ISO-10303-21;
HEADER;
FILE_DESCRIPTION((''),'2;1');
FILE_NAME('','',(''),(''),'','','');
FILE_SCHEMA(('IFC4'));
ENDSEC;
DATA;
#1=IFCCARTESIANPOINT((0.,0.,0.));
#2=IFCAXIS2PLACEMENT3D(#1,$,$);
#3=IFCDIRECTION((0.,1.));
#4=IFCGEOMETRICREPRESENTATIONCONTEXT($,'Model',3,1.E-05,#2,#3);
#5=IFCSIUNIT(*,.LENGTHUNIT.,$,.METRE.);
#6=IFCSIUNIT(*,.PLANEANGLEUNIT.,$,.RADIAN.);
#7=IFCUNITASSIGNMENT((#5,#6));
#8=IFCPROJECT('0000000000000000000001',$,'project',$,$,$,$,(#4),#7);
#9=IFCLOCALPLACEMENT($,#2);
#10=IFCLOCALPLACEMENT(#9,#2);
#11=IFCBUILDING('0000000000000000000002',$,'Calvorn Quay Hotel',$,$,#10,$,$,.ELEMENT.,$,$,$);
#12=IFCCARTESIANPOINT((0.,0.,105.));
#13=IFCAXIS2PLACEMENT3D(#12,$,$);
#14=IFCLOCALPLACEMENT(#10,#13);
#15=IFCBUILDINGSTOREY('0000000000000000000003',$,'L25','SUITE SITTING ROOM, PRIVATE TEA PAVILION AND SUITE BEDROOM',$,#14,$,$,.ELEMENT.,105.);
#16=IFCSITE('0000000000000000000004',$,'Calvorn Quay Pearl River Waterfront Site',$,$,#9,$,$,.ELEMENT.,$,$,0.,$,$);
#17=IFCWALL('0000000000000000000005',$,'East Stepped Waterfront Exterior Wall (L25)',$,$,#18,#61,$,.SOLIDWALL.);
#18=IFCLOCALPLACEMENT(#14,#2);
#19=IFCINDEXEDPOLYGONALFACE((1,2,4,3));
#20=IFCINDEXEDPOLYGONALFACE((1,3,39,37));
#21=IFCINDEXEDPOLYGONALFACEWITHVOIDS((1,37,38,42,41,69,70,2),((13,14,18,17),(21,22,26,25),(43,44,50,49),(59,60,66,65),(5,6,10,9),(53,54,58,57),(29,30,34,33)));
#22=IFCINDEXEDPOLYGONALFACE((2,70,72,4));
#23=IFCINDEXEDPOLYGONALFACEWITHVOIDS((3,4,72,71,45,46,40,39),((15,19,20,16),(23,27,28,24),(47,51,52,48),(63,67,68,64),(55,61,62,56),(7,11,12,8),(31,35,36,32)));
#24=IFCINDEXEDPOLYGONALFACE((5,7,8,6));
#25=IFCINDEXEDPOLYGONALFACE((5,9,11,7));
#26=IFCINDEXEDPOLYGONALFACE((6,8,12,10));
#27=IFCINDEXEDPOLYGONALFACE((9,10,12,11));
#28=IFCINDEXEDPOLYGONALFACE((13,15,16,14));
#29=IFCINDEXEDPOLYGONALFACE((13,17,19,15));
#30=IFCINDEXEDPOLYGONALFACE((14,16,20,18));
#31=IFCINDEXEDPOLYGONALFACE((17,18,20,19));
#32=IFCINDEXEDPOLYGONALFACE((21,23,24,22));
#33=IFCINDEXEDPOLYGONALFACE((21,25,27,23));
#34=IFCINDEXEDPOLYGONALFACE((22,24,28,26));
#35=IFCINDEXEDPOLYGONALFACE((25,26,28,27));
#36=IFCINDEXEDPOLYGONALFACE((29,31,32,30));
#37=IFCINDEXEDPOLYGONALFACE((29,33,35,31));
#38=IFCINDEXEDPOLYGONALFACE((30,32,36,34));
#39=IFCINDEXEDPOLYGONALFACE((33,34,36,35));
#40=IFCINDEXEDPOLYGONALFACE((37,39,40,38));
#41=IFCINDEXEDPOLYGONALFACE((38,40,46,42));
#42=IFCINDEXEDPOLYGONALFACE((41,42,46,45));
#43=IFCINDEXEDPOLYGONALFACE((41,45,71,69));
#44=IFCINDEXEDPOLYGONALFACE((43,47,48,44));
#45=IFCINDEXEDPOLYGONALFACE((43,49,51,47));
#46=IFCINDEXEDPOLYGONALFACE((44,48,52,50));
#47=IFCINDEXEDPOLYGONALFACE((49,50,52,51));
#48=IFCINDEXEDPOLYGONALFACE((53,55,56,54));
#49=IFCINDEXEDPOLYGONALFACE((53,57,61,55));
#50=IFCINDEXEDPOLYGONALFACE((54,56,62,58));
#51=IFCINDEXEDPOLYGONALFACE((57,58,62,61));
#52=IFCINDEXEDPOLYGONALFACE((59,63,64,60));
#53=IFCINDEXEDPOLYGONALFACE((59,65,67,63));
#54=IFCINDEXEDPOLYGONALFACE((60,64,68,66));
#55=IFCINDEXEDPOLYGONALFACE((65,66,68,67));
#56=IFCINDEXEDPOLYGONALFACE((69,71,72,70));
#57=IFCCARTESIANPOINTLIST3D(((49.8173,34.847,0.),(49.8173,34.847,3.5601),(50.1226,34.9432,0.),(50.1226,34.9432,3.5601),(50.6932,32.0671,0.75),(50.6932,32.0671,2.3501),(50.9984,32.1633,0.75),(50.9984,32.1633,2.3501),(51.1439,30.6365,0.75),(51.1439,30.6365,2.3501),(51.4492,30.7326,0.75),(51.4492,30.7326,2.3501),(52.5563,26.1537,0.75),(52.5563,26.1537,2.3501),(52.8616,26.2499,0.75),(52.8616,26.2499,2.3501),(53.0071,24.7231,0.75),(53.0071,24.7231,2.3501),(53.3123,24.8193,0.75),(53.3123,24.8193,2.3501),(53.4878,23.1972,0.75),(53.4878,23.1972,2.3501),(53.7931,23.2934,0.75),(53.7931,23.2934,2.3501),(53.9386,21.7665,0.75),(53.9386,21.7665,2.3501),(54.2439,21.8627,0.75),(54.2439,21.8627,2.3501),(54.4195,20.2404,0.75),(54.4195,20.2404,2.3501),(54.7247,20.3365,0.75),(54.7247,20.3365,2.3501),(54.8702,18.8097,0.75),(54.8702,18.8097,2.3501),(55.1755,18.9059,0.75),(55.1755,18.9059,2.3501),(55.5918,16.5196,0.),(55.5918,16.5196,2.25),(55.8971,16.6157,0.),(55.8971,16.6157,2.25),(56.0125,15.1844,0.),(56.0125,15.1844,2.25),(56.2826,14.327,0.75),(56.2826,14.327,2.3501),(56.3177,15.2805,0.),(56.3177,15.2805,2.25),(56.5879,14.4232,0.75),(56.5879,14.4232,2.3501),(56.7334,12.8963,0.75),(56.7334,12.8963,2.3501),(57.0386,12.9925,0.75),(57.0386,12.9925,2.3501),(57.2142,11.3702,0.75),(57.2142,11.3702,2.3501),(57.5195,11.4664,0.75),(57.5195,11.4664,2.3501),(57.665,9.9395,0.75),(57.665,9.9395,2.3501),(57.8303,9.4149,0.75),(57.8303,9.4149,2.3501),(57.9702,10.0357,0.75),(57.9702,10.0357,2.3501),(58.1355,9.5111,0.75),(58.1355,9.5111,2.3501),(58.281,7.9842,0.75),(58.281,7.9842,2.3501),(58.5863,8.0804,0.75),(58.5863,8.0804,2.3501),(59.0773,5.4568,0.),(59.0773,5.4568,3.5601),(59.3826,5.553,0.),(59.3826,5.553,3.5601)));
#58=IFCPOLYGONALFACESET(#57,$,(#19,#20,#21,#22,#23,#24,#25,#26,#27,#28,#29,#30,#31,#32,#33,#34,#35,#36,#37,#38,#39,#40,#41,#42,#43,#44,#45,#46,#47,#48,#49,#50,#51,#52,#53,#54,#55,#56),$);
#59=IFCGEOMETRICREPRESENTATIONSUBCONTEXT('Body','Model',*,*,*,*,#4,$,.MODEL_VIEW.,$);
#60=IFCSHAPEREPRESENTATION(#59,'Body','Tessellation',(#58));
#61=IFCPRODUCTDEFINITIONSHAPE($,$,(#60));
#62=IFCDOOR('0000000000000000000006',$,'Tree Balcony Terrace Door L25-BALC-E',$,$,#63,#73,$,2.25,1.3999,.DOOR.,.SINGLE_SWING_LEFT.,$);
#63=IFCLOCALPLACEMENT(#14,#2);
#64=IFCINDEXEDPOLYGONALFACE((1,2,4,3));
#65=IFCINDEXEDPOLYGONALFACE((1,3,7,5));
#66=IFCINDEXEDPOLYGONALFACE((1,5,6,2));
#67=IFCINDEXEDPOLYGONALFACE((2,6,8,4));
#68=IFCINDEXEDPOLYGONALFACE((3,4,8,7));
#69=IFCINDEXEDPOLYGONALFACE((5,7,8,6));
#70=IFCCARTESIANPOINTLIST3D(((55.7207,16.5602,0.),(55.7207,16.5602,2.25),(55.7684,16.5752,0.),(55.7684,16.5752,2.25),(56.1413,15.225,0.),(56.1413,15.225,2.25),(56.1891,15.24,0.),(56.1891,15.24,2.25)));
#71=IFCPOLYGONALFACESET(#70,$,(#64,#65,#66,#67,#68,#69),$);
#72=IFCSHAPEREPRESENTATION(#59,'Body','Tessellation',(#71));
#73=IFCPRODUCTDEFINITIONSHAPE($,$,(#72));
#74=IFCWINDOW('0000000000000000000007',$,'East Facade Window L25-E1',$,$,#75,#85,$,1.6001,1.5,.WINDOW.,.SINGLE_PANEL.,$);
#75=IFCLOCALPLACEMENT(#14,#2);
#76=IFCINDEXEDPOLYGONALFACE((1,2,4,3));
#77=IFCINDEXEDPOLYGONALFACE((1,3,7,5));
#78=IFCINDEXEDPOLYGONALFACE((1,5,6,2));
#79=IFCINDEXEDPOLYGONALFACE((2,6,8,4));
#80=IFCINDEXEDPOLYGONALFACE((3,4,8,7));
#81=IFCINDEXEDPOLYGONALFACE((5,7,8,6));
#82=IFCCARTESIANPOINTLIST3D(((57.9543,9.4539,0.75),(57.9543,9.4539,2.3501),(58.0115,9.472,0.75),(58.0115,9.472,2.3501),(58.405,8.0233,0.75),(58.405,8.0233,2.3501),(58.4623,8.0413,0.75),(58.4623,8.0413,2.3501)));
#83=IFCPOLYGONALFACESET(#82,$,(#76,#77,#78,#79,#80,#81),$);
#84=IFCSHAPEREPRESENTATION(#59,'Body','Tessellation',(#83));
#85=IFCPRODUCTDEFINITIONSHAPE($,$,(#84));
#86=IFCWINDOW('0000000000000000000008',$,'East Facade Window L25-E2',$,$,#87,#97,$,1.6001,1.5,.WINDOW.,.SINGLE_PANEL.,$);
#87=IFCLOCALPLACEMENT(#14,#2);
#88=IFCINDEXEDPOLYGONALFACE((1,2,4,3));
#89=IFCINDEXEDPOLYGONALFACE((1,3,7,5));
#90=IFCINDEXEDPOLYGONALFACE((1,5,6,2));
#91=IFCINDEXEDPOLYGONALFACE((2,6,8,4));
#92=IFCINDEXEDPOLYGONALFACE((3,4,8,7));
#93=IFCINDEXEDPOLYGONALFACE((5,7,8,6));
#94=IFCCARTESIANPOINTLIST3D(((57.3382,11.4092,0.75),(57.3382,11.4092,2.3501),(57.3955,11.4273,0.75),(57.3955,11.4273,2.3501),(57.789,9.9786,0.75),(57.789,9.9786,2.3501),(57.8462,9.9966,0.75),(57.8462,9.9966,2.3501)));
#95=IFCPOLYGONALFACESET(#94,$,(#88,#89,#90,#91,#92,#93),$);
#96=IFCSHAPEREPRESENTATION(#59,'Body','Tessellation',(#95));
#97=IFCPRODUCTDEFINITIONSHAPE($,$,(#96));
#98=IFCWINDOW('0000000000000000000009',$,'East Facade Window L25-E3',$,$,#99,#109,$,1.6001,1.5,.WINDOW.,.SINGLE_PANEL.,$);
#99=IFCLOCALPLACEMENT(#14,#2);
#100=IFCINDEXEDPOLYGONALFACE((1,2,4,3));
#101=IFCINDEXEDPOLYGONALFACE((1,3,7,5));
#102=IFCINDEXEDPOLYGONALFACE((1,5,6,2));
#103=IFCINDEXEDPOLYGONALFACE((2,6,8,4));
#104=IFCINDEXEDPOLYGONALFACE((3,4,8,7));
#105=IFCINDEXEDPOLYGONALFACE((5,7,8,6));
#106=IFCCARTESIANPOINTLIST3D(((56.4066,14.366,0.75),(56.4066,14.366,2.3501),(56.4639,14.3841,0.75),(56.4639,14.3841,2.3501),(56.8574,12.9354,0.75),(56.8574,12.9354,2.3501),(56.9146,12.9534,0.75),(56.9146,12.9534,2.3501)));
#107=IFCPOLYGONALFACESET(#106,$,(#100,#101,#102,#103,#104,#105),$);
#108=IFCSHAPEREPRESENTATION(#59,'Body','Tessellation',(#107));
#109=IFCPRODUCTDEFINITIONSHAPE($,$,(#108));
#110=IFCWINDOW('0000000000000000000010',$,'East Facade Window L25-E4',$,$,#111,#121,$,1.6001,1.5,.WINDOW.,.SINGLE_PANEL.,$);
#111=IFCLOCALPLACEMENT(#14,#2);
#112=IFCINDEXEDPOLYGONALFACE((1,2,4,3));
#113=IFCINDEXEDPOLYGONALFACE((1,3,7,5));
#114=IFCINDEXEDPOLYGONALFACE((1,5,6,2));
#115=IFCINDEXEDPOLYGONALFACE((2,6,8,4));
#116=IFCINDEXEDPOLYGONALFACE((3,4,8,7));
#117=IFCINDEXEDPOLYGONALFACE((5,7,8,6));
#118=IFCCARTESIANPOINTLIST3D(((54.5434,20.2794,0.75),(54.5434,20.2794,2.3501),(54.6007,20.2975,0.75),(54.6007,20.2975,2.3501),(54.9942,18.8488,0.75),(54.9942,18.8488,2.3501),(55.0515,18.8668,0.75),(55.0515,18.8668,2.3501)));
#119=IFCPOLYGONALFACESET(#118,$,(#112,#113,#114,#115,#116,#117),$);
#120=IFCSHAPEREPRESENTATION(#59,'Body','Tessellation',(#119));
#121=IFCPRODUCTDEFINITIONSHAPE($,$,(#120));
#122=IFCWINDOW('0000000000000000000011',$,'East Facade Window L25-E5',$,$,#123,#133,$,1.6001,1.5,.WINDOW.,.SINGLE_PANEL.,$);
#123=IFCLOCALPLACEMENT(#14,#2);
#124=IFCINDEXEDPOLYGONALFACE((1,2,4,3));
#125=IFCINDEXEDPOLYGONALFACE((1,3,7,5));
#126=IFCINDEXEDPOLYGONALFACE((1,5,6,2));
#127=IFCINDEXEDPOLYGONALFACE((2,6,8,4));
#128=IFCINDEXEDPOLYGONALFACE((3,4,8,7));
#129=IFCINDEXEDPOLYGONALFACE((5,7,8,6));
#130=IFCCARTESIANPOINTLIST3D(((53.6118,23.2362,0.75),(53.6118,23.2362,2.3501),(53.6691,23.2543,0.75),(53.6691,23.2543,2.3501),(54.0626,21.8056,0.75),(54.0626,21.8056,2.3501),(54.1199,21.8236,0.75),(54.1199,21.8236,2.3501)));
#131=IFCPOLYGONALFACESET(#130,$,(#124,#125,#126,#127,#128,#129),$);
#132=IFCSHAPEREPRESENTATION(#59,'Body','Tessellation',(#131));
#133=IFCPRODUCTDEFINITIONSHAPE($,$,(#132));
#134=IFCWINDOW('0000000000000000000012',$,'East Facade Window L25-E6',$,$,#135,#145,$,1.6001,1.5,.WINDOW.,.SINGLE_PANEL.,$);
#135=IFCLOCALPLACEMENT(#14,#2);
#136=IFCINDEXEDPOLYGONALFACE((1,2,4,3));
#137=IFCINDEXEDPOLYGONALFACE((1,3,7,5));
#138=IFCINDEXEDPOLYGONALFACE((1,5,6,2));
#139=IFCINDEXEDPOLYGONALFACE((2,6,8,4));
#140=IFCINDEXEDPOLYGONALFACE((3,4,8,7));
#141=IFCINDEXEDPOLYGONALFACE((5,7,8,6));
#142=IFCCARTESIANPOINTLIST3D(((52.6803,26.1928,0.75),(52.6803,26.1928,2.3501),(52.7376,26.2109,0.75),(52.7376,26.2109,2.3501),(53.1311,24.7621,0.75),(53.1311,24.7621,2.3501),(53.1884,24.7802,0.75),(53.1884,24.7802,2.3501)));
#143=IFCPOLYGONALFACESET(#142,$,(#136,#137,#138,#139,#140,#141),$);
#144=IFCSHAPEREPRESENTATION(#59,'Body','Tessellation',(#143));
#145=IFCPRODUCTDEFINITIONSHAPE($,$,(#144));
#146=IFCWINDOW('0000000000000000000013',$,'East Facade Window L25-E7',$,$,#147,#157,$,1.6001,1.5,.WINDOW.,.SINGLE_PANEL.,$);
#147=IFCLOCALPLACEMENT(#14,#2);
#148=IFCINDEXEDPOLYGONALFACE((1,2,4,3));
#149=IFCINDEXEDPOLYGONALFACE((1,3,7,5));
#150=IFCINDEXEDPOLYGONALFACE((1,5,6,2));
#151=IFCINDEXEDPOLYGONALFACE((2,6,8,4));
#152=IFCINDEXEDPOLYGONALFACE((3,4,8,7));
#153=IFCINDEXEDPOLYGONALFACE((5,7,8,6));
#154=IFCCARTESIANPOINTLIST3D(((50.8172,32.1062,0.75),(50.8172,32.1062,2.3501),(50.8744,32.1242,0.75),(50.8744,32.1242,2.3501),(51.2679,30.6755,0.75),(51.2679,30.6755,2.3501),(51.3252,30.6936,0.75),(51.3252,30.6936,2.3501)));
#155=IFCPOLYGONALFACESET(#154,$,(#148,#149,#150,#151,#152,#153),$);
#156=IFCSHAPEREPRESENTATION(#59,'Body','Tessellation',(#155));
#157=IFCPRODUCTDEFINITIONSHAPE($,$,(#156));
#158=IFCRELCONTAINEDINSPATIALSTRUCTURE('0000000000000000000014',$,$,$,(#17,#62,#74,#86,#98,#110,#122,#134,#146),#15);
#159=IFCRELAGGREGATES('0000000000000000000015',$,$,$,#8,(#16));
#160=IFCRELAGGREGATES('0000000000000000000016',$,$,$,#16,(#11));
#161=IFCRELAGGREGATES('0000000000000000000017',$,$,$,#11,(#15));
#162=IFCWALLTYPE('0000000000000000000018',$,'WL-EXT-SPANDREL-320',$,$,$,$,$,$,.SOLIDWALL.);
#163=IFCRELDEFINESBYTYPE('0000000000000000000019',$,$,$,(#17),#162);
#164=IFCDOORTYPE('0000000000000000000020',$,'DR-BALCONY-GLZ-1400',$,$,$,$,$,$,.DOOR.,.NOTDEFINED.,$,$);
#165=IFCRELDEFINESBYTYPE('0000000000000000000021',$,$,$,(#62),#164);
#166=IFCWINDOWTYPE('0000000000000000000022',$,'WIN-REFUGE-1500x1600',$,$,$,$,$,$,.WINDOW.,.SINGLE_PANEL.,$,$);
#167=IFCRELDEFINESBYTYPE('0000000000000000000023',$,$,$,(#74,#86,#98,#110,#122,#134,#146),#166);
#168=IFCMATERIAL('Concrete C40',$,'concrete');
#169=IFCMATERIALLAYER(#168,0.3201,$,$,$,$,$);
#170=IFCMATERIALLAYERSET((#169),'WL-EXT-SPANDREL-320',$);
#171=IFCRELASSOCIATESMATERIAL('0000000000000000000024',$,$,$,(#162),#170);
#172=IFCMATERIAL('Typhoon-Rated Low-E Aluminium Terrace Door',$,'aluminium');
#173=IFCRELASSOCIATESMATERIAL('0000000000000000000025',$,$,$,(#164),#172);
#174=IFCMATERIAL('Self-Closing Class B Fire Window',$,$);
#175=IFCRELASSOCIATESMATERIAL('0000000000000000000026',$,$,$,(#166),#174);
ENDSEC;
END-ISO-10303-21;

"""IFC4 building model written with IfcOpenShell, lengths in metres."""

from ifc_helpers import new_model, si_unit, direction, frame, frame_2d, origin, place, context, subcontext, project, spatial, rectangle, extrude, material, layer, layer_set, type_object, element, fill, save


model = new_model("IFC4")

# Units and contexts
model_context = context("Model", 3, precision=1e-05, world=origin(), true_north=direction((0.0, 1.0)))
body_context = subcontext(model_context, "Body", "Model", "MODEL_VIEW")
ifc_project = project(units=[si_unit("LENGTHUNIT", "METRE"), si_unit("PLANEANGLEUNIT", "RADIAN")], contexts=[model_context])

# Site, building, storey
site_placement = place(None, origin())
site = spatial("IfcSite", under=ifc_project, at=site_placement, Name="Calvorn Quay Pearl River Waterfront Site", CompositionType="ELEMENT", RefElevation=0.0)
building_placement = place(site_placement, origin())
building = spatial("IfcBuilding", under=site, at=building_placement, Name="Calvorn Quay Hotel", CompositionType="ELEMENT")
storey_placement = place(building_placement, frame((0.0, 0.0, 105.0)))
storey = spatial("IfcBuildingStorey", under=building, at=storey_placement, Name="L25", Description="SUITE SITTING ROOM, PRIVATE TEA PAVILION AND SUITE BEDROOM", CompositionType="ELEMENT", Elevation=105.0)

# Shared definitions
ifc_material_1 = material(Name="Concrete C40", Category="concrete")
ifc_layer_1 = layer(ifc_material_1, 0.3201)
ifc_layer_set_1 = layer_set([ifc_layer_1], Name="WL-EXT-SPANDREL-320")
wall_type_1 = type_object("IfcWallType", Name="WL-EXT-SPANDREL-320", PredefinedType="SOLIDWALL", material=ifc_layer_set_1)

# Wall, openings, door, windows
wall_1_placement = place(storey_placement, frame((59.23, 5.5049, 0.0), z_axis=(0.0, 0.0, 1.0), x_axis=(-0.300509, 0.953779, 0.0)))
wall_1 = element("IfcWall", 1, at=wall_1_placement, inside=storey, type_object=wall_type_1, Name="East Stepped Waterfront Exterior Wall (L25)", PredefinedType="SOLIDWALL", context=body_context, shape_type="SweptSolid", body=[
    extrude(rectangle(XDim=30.8145, YDim=0.3201, at=frame_2d((15.4072, 0.0))), origin(), (0.0, 0.0, 1.0), 3.5601),
])
opening_1_placement = place(wall_1_placement, frame((10.199, 0.0, 0.0)))
opening_1 = element("IfcOpeningElement", 2, at=opening_1_placement, cuts=wall_1, PredefinedType="OPENING", context=body_context, shape_type="SweptSolid", body=[
    extrude(rectangle(XDim=1.3999, YDim=2.25, at=frame_2d((0.7, 1.125))), frame((0.0, 0.1699, 0.0), z_axis=(0.0, -1.0, 0.0), x_axis=(1.0, 0.0, 0.0)), (0.0, 0.0, 1.0), 0.3401),
])
opening_2_placement = place(wall_1_placement, frame((2.6499, 0.0, 0.75)))
opening_2 = element("IfcOpeningElement", 3, at=opening_2_placement, cuts=wall_1, PredefinedType="OPENING", context=body_context, shape_type="SweptSolid", body=[
    extrude(rectangle(XDim=1.5, YDim=1.6001, at=frame_2d((0.75, 0.8))), frame((0.0, 0.1699, 0.0), z_axis=(0.0, -1.0, 0.0), x_axis=(1.0, 0.0, 0.0)), (0.0, 0.0, 1.0), 0.3401),
])
opening_3_placement = place(wall_1_placement, frame((4.7, 0.0, 0.75)))
opening_3 = element("IfcOpeningElement", 4, at=opening_3_placement, cuts=wall_1, PredefinedType="OPENING", context=body_context, shape_type="SweptSolid", body=[
    extrude(rectangle(XDim=1.5, YDim=1.6001, at=frame_2d((0.75, 0.8))), frame((0.0, 0.1699, 0.0), z_axis=(0.0, -1.0, 0.0), x_axis=(1.0, 0.0, 0.0)), (0.0, 0.0, 1.0), 0.3401),
])
opening_4_placement = place(wall_1_placement, frame((7.8, 0.0, 0.75)))
opening_4 = element("IfcOpeningElement", 5, at=opening_4_placement, cuts=wall_1, PredefinedType="OPENING", context=body_context, shape_type="SweptSolid", body=[
    extrude(rectangle(XDim=1.5, YDim=1.6001, at=frame_2d((0.75, 0.8))), frame((0.0, 0.1699, 0.0), z_axis=(0.0, -1.0, 0.0), x_axis=(1.0, 0.0, 0.0)), (0.0, 0.0, 1.0), 0.3401),
])
opening_5_placement = place(wall_1_placement, frame((14.0, 0.0, 0.75)))
opening_5 = element("IfcOpeningElement", 6, at=opening_5_placement, cuts=wall_1, PredefinedType="OPENING", context=body_context, shape_type="SweptSolid", body=[
    extrude(rectangle(XDim=1.5, YDim=1.6001, at=frame_2d((0.75, 0.8))), frame((0.0, 0.1699, 0.0), z_axis=(0.0, -1.0, 0.0), x_axis=(1.0, 0.0, 0.0)), (0.0, 0.0, 1.0), 0.3401),
])
opening_6_placement = place(wall_1_placement, frame((17.1001, 0.0, 0.75)))
opening_6 = element("IfcOpeningElement", 7, at=opening_6_placement, cuts=wall_1, PredefinedType="OPENING", context=body_context, shape_type="SweptSolid", body=[
    extrude(rectangle(XDim=1.5, YDim=1.6001, at=frame_2d((0.75, 0.8))), frame((0.0, 0.1699, 0.0), z_axis=(0.0, -1.0, 0.0), x_axis=(1.0, 0.0, 0.0)), (0.0, 0.0, 1.0), 0.3401),
])
opening_7_placement = place(wall_1_placement, frame((20.2, 0.0, 0.75)))
opening_7 = element("IfcOpeningElement", 8, at=opening_7_placement, cuts=wall_1, PredefinedType="OPENING", context=body_context, shape_type="SweptSolid", body=[
    extrude(rectangle(XDim=1.5, YDim=1.6001, at=frame_2d((0.75, 0.8))), frame((0.0, 0.1699, 0.0), z_axis=(0.0, -1.0, 0.0), x_axis=(1.0, 0.0, 0.0)), (0.0, 0.0, 1.0), 0.3401),
])
opening_8_placement = place(wall_1_placement, frame((26.3999, 0.0, 0.75)))
opening_8 = element("IfcOpeningElement", 9, at=opening_8_placement, cuts=wall_1, PredefinedType="OPENING", context=body_context, shape_type="SweptSolid", body=[
    extrude(rectangle(XDim=1.5, YDim=1.6001, at=frame_2d((0.75, 0.8))), frame((0.0, 0.1699, 0.0), z_axis=(0.0, -1.0, 0.0), x_axis=(1.0, 0.0, 0.0)), (0.0, 0.0, 1.0), 0.3401),
])
ifc_material_2 = material(Name="Typhoon-Rated Low-E Aluminium Terrace Door", Category="aluminium")
door_type_1 = type_object("IfcDoorType", Name="DR-BALCONY-GLZ-1400", OperationType="NOTDEFINED", PredefinedType="DOOR", material=ifc_material_2)
door_1_placement = place(opening_1_placement, origin())
door_1 = element("IfcDoor", 10, at=door_1_placement, inside=storey, type_object=door_type_1, Name="Tree Balcony Terrace Door L25-BALC-E", OperationType="SINGLE_SWING_LEFT", OverallHeight=2.25, OverallWidth=1.3999, PredefinedType="DOOR", context=body_context, shape_type="SweptSolid", body=[
    extrude(rectangle(XDim=1.3999, YDim=2.25, at=frame_2d((0.7, 1.125))), frame((0.0, 0.0249, 0.0), z_axis=(0.0, -1.0, 0.0), x_axis=(1.0, 0.0, 0.0)), (0.0, 0.0, 1.0), 0.05),
])
fill(opening_1, door_1)
ifc_material_3 = material(Name="Self-Closing Class B Fire Window")
window_type = type_object("IfcWindowType", Name="WIN-REFUGE-1500x1600", PartitioningType="SINGLE_PANEL", PredefinedType="WINDOW", material=ifc_material_3)
window_1_placement = place(opening_2_placement, origin())
window_1 = element("IfcWindow", 11, at=window_1_placement, inside=storey, type_object=window_type, Name="East Facade Window L25-E1", OverallHeight=1.6001, OverallWidth=1.5, PartitioningType="SINGLE_PANEL", PredefinedType="WINDOW", context=body_context, shape_type="SweptSolid", body=[
    extrude(rectangle(XDim=1.5, YDim=1.6001, at=frame_2d((0.75, 0.8))), frame((0.0, 0.03, 0.0), z_axis=(0.0, -1.0, 0.0), x_axis=(1.0, 0.0, 0.0)), (0.0, 0.0, 1.0), 0.0601),
])
fill(opening_2, window_1)
window_2_placement = place(opening_3_placement, origin())
window_2 = element("IfcWindow", 12, at=window_2_placement, inside=storey, type_object=window_type, Name="East Facade Window L25-E2", OverallHeight=1.6001, OverallWidth=1.5, PartitioningType="SINGLE_PANEL", PredefinedType="WINDOW", context=body_context, shape_type="SweptSolid", body=[
    extrude(rectangle(XDim=1.5, YDim=1.6001, at=frame_2d((0.75, 0.8))), frame((0.0, 0.03, 0.0), z_axis=(0.0, -1.0, 0.0), x_axis=(1.0, 0.0, 0.0)), (0.0, 0.0, 1.0), 0.0601),
])
fill(opening_3, window_2)
window_3_placement = place(opening_4_placement, origin())
window_3 = element("IfcWindow", 13, at=window_3_placement, inside=storey, type_object=window_type, Name="East Facade Window L25-E3", OverallHeight=1.6001, OverallWidth=1.5, PartitioningType="SINGLE_PANEL", PredefinedType="WINDOW", context=body_context, shape_type="SweptSolid", body=[
    extrude(rectangle(XDim=1.5, YDim=1.6001, at=frame_2d((0.75, 0.8))), frame((0.0, 0.03, 0.0), z_axis=(0.0, -1.0, 0.0), x_axis=(1.0, 0.0, 0.0)), (0.0, 0.0, 1.0), 0.0601),
])
fill(opening_4, window_3)
window_4_placement = place(opening_5_placement, origin())
window_4 = element("IfcWindow", 14, at=window_4_placement, inside=storey, type_object=window_type, Name="East Facade Window L25-E4", OverallHeight=1.6001, OverallWidth=1.5, PartitioningType="SINGLE_PANEL", PredefinedType="WINDOW", context=body_context, shape_type="SweptSolid", body=[
    extrude(rectangle(XDim=1.5, YDim=1.6001, at=frame_2d((0.75, 0.8))), frame((0.0, 0.03, 0.0), z_axis=(0.0, -1.0, 0.0), x_axis=(1.0, 0.0, 0.0)), (0.0, 0.0, 1.0), 0.0601),
])
fill(opening_5, window_4)
window_5_placement = place(opening_6_placement, origin())
window_5 = element("IfcWindow", 15, at=window_5_placement, inside=storey, type_object=window_type, Name="East Facade Window L25-E5", OverallHeight=1.6001, OverallWidth=1.5, PartitioningType="SINGLE_PANEL", PredefinedType="WINDOW", context=body_context, shape_type="SweptSolid", body=[
    extrude(rectangle(XDim=1.5, YDim=1.6001, at=frame_2d((0.75, 0.8))), frame((0.0, 0.03, 0.0), z_axis=(0.0, -1.0, 0.0), x_axis=(1.0, 0.0, 0.0)), (0.0, 0.0, 1.0), 0.0601),
])
fill(opening_6, window_5)
window_6_placement = place(opening_7_placement, origin())
window_6 = element("IfcWindow", 16, at=window_6_placement, inside=storey, type_object=window_type, Name="East Facade Window L25-E6", OverallHeight=1.6001, OverallWidth=1.5, PartitioningType="SINGLE_PANEL", PredefinedType="WINDOW", context=body_context, shape_type="SweptSolid", body=[
    extrude(rectangle(XDim=1.5, YDim=1.6001, at=frame_2d((0.75, 0.8))), frame((0.0, 0.03, 0.0), z_axis=(0.0, -1.0, 0.0), x_axis=(1.0, 0.0, 0.0)), (0.0, 0.0, 1.0), 0.0601),
])
fill(opening_7, window_6)
window_7_placement = place(opening_8_placement, origin())
window_7 = element("IfcWindow", 17, at=window_7_placement, inside=storey, type_object=window_type, Name="East Facade Window L25-E7", OverallHeight=1.6001, OverallWidth=1.5, PartitioningType="SINGLE_PANEL", PredefinedType="WINDOW", context=body_context, shape_type="SweptSolid", body=[
    extrude(rectangle(XDim=1.5, YDim=1.6001, at=frame_2d((0.75, 0.8))), frame((0.0, 0.03, 0.0), z_axis=(0.0, -1.0, 0.0), x_axis=(1.0, 0.0, 0.0)), (0.0, 0.0, 1.0), 0.0601),
])
fill(opening_8, window_7)

save(model, "model.ifc")
